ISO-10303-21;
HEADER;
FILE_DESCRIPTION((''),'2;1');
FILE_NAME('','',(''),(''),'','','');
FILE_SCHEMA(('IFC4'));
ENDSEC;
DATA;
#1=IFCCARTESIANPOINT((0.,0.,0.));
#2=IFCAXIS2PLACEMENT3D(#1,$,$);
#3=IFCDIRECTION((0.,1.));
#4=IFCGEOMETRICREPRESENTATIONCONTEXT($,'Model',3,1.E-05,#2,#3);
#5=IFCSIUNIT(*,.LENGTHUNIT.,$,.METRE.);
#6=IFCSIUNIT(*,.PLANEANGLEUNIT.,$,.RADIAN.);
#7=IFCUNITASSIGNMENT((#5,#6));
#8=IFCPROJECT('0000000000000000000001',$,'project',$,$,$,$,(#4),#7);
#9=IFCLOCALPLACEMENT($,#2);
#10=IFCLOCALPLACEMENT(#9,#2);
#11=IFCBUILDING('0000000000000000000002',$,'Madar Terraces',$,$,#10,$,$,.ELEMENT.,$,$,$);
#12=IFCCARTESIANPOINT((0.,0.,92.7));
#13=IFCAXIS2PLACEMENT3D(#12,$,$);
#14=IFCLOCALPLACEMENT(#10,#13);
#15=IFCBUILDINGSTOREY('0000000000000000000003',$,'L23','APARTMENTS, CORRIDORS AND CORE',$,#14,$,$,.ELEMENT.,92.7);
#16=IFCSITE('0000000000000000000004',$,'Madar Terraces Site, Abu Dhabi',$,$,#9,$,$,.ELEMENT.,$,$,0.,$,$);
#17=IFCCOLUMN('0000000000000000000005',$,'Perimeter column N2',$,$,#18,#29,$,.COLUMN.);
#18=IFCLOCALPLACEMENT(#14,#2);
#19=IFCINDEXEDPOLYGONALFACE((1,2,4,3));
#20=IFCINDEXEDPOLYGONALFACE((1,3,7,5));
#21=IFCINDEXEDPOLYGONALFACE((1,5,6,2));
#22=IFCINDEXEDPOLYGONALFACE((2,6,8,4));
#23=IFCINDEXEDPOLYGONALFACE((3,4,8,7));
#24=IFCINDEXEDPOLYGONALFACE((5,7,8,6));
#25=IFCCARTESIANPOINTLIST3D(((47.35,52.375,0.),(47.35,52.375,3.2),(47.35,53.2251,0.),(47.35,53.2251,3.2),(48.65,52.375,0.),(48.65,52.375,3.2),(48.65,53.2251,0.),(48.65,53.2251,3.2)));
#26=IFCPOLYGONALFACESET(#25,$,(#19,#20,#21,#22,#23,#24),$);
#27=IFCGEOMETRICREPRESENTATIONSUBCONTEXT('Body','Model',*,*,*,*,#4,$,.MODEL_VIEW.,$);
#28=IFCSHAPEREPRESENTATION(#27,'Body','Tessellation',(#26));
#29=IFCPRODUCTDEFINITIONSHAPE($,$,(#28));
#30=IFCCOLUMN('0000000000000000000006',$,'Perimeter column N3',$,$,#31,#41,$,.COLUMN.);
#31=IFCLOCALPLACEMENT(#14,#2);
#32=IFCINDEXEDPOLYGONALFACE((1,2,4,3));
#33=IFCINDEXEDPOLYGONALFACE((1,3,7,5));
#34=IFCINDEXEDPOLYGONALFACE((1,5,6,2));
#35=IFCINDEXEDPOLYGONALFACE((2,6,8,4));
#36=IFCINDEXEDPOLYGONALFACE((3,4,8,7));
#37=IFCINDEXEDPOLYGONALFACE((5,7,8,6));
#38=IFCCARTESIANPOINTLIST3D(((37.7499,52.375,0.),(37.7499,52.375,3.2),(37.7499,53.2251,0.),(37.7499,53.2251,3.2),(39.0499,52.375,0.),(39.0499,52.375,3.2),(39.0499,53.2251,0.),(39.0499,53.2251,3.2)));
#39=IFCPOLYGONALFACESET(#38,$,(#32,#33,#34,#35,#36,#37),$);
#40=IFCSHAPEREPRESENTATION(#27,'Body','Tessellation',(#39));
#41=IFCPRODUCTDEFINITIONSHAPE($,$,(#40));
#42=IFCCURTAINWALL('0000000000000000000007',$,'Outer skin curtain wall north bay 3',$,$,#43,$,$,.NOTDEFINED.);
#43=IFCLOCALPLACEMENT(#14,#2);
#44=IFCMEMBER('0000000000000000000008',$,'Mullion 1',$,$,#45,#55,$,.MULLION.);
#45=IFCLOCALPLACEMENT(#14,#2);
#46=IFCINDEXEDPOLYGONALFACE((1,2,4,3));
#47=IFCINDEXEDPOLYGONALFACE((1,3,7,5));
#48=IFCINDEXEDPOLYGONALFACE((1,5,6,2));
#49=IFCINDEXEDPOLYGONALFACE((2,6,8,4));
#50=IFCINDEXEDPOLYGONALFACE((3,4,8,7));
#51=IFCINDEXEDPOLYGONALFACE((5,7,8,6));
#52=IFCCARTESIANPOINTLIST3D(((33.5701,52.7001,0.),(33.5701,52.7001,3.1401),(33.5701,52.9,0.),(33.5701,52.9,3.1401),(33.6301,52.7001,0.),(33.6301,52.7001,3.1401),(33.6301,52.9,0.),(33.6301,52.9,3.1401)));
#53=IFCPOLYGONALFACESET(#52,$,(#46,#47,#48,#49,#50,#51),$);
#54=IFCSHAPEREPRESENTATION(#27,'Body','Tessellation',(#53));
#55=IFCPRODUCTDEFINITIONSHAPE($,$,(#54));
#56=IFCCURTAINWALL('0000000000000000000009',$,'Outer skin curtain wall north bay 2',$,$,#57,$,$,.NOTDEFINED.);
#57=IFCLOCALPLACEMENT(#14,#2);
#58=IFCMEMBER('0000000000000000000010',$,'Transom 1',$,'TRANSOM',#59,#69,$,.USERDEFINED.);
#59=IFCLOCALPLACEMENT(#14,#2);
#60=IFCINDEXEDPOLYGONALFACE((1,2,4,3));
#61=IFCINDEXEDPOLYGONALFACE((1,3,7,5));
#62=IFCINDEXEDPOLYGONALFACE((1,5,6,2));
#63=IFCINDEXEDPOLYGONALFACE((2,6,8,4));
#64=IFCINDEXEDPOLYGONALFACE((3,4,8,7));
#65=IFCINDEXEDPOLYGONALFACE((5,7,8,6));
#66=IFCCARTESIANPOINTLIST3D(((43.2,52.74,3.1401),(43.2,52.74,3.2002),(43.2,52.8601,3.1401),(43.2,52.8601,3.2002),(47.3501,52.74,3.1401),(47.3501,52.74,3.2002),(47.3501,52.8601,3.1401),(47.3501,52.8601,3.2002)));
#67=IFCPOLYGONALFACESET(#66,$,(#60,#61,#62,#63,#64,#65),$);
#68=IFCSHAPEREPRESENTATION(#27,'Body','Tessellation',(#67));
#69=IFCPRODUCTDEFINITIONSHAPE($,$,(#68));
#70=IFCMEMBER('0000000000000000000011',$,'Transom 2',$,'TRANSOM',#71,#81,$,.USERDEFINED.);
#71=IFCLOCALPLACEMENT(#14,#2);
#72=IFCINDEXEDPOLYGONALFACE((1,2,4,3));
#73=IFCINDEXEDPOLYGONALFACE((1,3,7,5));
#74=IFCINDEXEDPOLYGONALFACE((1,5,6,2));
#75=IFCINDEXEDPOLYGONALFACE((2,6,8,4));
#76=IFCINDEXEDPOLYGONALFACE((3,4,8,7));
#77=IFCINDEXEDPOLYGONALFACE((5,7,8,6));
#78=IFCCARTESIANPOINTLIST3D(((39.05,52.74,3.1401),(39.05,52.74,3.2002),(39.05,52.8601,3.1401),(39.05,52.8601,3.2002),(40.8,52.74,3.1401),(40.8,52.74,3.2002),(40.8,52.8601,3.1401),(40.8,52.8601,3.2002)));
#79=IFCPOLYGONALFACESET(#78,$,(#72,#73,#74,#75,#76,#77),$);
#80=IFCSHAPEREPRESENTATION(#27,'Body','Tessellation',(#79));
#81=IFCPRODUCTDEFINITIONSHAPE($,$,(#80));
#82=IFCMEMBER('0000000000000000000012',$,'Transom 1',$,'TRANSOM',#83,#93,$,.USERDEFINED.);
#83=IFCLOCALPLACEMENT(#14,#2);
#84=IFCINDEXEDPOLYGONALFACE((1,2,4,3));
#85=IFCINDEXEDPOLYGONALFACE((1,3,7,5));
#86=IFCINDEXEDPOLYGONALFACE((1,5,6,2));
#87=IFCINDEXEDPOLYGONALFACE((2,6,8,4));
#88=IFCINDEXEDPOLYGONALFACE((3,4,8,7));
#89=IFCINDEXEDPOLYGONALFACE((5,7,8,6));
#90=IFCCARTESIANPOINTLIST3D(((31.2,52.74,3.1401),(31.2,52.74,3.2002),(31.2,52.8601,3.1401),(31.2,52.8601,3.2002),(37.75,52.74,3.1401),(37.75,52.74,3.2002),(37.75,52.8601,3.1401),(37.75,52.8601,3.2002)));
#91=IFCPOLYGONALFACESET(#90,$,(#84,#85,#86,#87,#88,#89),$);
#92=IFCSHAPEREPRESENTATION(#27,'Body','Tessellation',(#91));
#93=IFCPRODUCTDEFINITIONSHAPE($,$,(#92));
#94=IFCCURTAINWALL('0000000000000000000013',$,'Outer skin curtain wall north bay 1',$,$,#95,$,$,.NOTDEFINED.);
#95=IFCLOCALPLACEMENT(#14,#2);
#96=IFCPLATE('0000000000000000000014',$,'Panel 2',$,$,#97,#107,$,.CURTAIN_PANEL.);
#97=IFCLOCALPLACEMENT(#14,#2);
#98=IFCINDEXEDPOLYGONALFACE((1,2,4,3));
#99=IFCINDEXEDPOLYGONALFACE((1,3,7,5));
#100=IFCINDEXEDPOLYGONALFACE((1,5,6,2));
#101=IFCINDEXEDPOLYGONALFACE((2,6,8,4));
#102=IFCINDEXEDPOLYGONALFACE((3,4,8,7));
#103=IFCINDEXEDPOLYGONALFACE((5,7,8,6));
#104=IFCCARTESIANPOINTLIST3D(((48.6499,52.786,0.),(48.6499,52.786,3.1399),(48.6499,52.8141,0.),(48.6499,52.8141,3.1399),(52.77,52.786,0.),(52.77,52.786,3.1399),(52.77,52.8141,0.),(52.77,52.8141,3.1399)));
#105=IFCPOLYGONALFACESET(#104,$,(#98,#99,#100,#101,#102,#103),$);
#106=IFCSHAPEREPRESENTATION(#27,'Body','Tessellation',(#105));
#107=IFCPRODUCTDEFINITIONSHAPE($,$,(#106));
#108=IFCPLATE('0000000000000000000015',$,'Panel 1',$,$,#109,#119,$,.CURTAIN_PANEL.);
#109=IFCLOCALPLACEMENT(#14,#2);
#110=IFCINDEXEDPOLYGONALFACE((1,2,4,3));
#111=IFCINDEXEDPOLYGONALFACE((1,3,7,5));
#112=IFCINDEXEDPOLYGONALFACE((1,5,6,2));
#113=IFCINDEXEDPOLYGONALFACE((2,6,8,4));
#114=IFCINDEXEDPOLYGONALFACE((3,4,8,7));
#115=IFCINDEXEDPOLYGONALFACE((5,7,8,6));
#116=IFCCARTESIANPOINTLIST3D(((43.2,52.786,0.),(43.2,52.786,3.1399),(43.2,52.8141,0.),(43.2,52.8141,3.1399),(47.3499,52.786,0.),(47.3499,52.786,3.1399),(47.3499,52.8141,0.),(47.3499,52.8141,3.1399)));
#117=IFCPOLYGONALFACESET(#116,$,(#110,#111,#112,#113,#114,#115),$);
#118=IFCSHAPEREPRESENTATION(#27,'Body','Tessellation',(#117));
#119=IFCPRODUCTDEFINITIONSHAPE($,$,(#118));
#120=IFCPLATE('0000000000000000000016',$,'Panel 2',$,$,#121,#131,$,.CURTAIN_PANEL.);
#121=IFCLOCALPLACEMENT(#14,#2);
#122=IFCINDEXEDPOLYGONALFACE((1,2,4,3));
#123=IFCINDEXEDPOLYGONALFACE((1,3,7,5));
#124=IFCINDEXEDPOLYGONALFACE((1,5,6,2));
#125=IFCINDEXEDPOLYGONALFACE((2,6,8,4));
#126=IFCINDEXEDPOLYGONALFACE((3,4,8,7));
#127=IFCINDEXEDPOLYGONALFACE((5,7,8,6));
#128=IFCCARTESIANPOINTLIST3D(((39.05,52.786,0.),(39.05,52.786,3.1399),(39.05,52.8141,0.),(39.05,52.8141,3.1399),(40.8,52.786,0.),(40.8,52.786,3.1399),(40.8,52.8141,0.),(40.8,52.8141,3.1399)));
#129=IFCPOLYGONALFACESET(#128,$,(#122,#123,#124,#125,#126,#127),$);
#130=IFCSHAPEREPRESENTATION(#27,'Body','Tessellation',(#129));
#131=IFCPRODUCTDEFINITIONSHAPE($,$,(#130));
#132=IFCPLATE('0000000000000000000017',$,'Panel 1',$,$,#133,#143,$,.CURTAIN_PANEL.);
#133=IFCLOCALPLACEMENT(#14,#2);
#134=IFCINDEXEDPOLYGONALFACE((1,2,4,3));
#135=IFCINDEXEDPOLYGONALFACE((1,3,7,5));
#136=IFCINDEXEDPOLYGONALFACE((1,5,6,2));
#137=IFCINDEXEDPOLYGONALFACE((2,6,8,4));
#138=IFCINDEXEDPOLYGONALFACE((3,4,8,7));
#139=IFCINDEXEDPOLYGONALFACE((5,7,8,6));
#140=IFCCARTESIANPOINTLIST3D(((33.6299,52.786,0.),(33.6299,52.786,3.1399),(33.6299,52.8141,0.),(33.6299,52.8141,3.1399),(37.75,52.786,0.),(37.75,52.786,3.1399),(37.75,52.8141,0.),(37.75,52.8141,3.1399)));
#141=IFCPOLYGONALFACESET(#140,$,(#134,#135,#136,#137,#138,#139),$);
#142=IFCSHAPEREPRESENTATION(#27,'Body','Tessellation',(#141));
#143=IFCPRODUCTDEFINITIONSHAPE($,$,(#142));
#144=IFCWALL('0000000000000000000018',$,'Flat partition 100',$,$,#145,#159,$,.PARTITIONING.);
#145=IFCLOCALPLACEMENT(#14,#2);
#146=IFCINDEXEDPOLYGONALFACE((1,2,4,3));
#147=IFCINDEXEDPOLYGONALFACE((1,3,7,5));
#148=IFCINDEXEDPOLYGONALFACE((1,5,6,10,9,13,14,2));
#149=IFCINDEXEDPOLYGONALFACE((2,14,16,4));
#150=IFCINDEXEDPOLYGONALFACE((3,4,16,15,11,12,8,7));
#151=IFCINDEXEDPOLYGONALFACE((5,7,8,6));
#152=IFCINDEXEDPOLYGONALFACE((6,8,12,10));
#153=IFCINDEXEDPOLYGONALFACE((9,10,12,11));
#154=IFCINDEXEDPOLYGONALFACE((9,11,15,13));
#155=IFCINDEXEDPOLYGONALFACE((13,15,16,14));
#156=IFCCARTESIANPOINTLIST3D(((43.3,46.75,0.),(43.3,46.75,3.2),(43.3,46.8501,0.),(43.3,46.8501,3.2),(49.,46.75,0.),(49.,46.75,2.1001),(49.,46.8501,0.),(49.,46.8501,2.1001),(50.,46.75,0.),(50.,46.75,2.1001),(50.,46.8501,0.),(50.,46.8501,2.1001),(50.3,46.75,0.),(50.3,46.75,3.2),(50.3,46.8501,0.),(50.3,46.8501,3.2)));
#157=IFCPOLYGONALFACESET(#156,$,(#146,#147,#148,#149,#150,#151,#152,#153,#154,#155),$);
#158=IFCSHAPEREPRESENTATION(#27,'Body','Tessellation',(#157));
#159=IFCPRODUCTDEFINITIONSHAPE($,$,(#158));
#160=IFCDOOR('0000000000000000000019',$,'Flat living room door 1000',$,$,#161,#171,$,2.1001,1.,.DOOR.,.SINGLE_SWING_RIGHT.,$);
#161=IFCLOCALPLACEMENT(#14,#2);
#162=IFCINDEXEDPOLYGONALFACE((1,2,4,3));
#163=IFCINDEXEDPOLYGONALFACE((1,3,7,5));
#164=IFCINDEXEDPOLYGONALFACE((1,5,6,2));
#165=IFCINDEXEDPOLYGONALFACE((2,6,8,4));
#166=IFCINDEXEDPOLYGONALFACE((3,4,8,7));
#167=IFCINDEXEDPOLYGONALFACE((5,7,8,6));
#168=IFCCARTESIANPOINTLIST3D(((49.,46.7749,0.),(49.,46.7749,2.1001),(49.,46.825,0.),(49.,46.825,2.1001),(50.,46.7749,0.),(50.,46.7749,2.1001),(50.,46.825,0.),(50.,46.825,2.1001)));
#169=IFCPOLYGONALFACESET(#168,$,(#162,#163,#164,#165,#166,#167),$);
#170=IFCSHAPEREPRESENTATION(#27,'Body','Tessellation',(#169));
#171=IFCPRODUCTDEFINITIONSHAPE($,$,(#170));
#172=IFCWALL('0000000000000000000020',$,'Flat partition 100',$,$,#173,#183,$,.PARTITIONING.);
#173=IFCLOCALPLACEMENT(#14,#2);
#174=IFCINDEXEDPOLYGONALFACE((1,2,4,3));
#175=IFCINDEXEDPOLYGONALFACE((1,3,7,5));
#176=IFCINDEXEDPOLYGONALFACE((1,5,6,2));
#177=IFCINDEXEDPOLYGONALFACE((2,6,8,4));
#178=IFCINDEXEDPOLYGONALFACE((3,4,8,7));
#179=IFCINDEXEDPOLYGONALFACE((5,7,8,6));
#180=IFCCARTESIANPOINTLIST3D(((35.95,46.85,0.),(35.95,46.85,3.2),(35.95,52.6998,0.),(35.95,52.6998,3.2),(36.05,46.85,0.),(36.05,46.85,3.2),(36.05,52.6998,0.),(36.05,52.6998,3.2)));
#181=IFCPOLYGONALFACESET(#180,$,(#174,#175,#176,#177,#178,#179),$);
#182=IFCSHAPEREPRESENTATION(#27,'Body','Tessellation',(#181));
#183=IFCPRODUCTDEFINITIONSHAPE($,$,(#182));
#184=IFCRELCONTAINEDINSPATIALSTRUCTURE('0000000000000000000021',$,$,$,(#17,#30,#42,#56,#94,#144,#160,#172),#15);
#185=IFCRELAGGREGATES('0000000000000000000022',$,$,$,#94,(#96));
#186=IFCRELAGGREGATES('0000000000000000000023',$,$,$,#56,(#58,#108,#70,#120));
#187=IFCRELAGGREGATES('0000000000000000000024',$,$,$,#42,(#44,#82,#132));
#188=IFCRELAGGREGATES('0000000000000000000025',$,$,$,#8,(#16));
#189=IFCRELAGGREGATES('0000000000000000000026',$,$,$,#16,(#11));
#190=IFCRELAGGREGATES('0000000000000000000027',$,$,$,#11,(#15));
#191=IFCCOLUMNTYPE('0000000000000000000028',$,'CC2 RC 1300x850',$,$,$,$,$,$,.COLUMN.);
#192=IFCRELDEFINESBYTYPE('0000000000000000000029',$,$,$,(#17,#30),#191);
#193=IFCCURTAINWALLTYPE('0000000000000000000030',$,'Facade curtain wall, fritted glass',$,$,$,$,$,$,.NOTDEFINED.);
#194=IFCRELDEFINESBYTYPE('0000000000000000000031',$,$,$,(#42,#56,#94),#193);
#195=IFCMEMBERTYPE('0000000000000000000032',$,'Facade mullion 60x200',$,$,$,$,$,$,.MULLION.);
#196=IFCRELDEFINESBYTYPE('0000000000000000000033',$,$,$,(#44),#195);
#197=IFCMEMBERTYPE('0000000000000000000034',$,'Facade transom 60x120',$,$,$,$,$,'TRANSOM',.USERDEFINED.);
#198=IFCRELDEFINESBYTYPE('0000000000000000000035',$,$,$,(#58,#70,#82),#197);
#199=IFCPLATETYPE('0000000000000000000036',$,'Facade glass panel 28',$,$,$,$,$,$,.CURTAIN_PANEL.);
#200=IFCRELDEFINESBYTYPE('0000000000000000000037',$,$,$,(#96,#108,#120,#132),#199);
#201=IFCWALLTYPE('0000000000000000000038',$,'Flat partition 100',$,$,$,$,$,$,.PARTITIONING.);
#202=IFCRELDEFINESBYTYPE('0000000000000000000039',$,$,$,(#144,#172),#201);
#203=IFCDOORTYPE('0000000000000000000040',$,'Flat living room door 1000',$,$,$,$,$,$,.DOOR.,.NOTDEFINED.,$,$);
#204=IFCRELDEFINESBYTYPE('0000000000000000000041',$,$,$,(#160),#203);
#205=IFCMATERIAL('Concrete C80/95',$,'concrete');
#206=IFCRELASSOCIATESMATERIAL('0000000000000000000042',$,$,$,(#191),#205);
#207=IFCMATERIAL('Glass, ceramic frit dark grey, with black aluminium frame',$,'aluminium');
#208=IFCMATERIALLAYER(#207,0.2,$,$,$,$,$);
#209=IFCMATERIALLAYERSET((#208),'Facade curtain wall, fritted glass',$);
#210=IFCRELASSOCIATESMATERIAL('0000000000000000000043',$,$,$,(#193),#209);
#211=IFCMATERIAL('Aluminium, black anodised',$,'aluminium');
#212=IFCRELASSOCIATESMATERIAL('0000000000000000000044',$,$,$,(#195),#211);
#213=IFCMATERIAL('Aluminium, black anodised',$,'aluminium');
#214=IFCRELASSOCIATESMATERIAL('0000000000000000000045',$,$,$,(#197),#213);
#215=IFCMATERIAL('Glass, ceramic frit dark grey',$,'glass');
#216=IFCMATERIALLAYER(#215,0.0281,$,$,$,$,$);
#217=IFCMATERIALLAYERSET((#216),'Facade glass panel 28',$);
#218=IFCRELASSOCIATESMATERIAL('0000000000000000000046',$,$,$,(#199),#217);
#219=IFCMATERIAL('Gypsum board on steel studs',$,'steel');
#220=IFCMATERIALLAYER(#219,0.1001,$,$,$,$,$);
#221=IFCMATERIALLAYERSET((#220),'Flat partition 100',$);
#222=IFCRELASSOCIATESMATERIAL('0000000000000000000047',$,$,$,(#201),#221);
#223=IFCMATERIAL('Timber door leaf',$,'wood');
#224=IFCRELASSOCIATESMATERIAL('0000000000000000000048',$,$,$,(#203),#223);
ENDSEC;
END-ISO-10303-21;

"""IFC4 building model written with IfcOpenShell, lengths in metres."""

from ifc_helpers import new_model, si_unit, direction, frame, frame_2d, origin, origin_2d, place, context, subcontext, project, spatial, rectangle, extrude, material, layer, layer_set, material_profile, profile_set, type_object, element, fill, aggregate, save


model = new_model("IFC4")

# Units and contexts
model_context = context("Model", 3, precision=1e-05, world=origin(), true_north=direction((0.0, 1.0)))
body_context = subcontext(model_context, "Body", "Model", "MODEL_VIEW")
ifc_project = project(units=[si_unit("LENGTHUNIT", "METRE"), si_unit("PLANEANGLEUNIT", "RADIAN")], contexts=[model_context])

# Site, building, storey
site_placement = place(None, origin())
site = spatial("IfcSite", under=ifc_project, at=site_placement, Name="Madar Terraces Site, Abu Dhabi", CompositionType="ELEMENT", RefElevation=0.0)
building_placement = place(site_placement, origin())
building = spatial("IfcBuilding", under=site, at=building_placement, Name="Madar Terraces", CompositionType="ELEMENT")
storey_placement = place(building_placement, frame((0.0, 0.0, 92.7)))
storey = spatial("IfcBuildingStorey", under=building, at=storey_placement, Name="L23", Description="APARTMENTS, CORRIDORS AND CORE", CompositionType="ELEMENT", Elevation=92.7)

# Columns
ifc_material_1 = material(Name="Concrete C80/95", Category="concrete")
ifc_material_profile_1 = material_profile(ifc_material_1, rectangle(XDim=1.3, YDim=0.8501, at=origin_2d()), Name="CC2 RC 1300x850")
ifc_profile_set_1 = profile_set([ifc_material_profile_1], Name="Concrete C80/95")
column_type = type_object("IfcColumnType", Name="CC2 RC 1300x850", PredefinedType="COLUMN", material=ifc_profile_set_1)
for number, where, z_axis, x_axis, name in (
    (1, (48.0, 52.8, 0.0), (0.0, 0.0, 1.0), (1.0, 0.0, 0.0), "Perimeter column N2"),
    (2, (38.3999, 52.8, 0.0), (0.0, 0.0, 1.0), (1.0, 0.0, 0.0), "Perimeter column N3"),
):
    element("IfcColumn", number, at=place(storey_placement, frame(where, z_axis=z_axis, x_axis=x_axis)), inside=storey, type_object=column_type, Name=name, PredefinedType="COLUMN", context=body_context, shape_type="SweptSolid", body=[
        extrude(rectangle(XDim=1.3, YDim=0.8501, at=origin_2d()), origin(), (0.0, 0.0, 1.0), 3.2),
    ])

# Curtain wall, member
ifc_material_2 = material(Name="Glass, ceramic frit dark grey, with black aluminium frame", Category="aluminium")
ifc_layer_1 = layer(ifc_material_2, 0.2)
ifc_layer_set_1 = layer_set([ifc_layer_1], Name="Facade curtain wall, fritted glass")
curtain_wall_type = type_object("IfcCurtainWallType", Name="Facade curtain wall, fritted glass", PredefinedType="NOTDEFINED", material=ifc_layer_set_1)
curtain_wall_1_placement = place(storey_placement, origin())
curtain_wall_1 = element("IfcCurtainWall", 3, at=curtain_wall_1_placement, inside=storey, type_object=curtain_wall_type, Name="Outer skin curtain wall north bay 3", PredefinedType="NOTDEFINED")
ifc_material_3 = material(Name="Aluminium, black anodised", Category="aluminium")
ifc_material_profile_2 = material_profile(ifc_material_3, rectangle(XDim=0.2, YDim=0.0601, at=origin_2d()), Name="Facade mullion 60x200")
ifc_profile_set_2 = profile_set([ifc_material_profile_2], Name="Aluminium, black anodised")
member_type_1 = type_object("IfcMemberType", Name="Facade mullion 60x200", PredefinedType="MULLION", material=ifc_profile_set_2)
member_1_placement = place(storey_placement, frame((33.6001, 52.8, 0.0), z_axis=(0.0, 0.0, 1.0), x_axis=(0.0, -1.0, 0.0)))
member_1 = element("IfcMember", 4, at=member_1_placement, type_object=member_type_1, Name="Mullion 1", PredefinedType="MULLION", context=body_context, shape_type="SweptSolid", body=[
    extrude(rectangle(XDim=0.2, YDim=0.0601, at=origin_2d()), origin(), (0.0, 0.0, 1.0), 3.1401),
])

# Curtain wall, members
curtain_wall_2_placement = place(storey_placement, origin())
curtain_wall_2 = element("IfcCurtainWall", 5, at=curtain_wall_2_placement, inside=storey, type_object=curtain_wall_type, Name="Outer skin curtain wall north bay 2", PredefinedType="NOTDEFINED")
ifc_material_4 = material(Name="Aluminium, black anodised", Category="aluminium")
ifc_material_profile_3 = material_profile(ifc_material_4, rectangle(XDim=0.1201, YDim=0.0601, at=origin_2d()), Name="Facade transom 60x120")
ifc_profile_set_3 = profile_set([ifc_material_profile_3], Name="Aluminium, black anodised")
member_type_2 = type_object("IfcMemberType", Name="Facade transom 60x120", ElementType="TRANSOM", PredefinedType="USERDEFINED", material=ifc_profile_set_3)
member_2_placement = place(storey_placement, frame((47.3501, 52.8, 3.1702), z_axis=(-1.0, 0.0, 0.0), x_axis=(0.0, -1.0, 0.0)))
member_2 = element("IfcMember", 6, at=member_2_placement, type_object=member_type_2, Name="Transom 1", ObjectType="TRANSOM", PredefinedType="USERDEFINED", context=body_context, shape_type="SweptSolid", body=[
    extrude(rectangle(XDim=0.1201, YDim=0.0601, at=origin_2d()), origin(), (0.0, 0.0, 1.0), 4.1501),
])
member_3_placement = place(storey_placement, frame((40.8, 52.8, 3.1702), z_axis=(-1.0, 0.0, 0.0), x_axis=(0.0, -1.0, 0.0)))
member_3 = element("IfcMember", 7, at=member_3_placement, type_object=member_type_2, Name="Transom 2", ObjectType="TRANSOM", PredefinedType="USERDEFINED", context=body_context, shape_type="SweptSolid", body=[
    extrude(rectangle(XDim=0.1201, YDim=0.0601, at=origin_2d()), origin(), (0.0, 0.0, 1.0), 1.75),
])

# Member
member_4_placement = place(storey_placement, frame((37.75, 52.8, 3.1702), z_axis=(-1.0, 0.0, 0.0), x_axis=(0.0, -1.0, 0.0)))
member_4 = element("IfcMember", 8, at=member_4_placement, type_object=member_type_2, Name="Transom 1", ObjectType="TRANSOM", PredefinedType="USERDEFINED", context=body_context, shape_type="SweptSolid", body=[
    extrude(rectangle(XDim=0.1201, YDim=0.0601, at=origin_2d()), origin(), (0.0, 0.0, 1.0), 6.55),
])

# Curtain wall, plate
curtain_wall_3_placement = place(storey_placement, origin())
curtain_wall_3 = element("IfcCurtainWall", 9, at=curtain_wall_3_placement, inside=storey, type_object=curtain_wall_type, Name="Outer skin curtain wall north bay 1", PredefinedType="NOTDEFINED")
ifc_material_5 = material(Name="Glass, ceramic frit dark grey", Category="glass")
ifc_layer_2 = layer(ifc_material_5, 0.0281)
ifc_layer_set_2 = layer_set([ifc_layer_2], Name="Facade glass panel 28")
plate_type = type_object("IfcPlateType", Name="Facade glass panel 28", PredefinedType="CURTAIN_PANEL", material=ifc_layer_set_2)
plate_1_placement = place(storey_placement, frame((50.71, 52.8, 0.0), z_axis=(0.0, 0.0, 1.0), x_axis=(-1.0, 0.0, 0.0)))
plate_1 = element("IfcPlate", 10, at=plate_1_placement, type_object=plate_type, Name="Panel 2", PredefinedType="CURTAIN_PANEL", context=body_context, shape_type="SweptSolid", body=[
    extrude(rectangle(XDim=4.1201, YDim=0.0281, at=origin_2d()), origin(), (0.0, 0.0, 1.0), 3.1399),
])
aggregate(curtain_wall_3, [plate_1])

# Plates
plate_2_placement = place(storey_placement, frame((45.2749, 52.8, 0.0), z_axis=(0.0, 0.0, 1.0), x_axis=(-1.0, 0.0, 0.0)))
plate_2 = element("IfcPlate", 11, at=plate_2_placement, type_object=plate_type, Name="Panel 1", PredefinedType="CURTAIN_PANEL", context=body_context, shape_type="SweptSolid", body=[
    extrude(rectangle(XDim=4.1499, YDim=0.0281, at=origin_2d()), origin(), (0.0, 0.0, 1.0), 3.1399),
])
plate_3_placement = place(storey_placement, frame((39.925, 52.8, 0.0), z_axis=(0.0, 0.0, 1.0), x_axis=(-1.0, 0.0, 0.0)))
plate_3 = element("IfcPlate", 12, at=plate_3_placement, type_object=plate_type, Name="Panel 2", PredefinedType="CURTAIN_PANEL", context=body_context, shape_type="SweptSolid", body=[
    extrude(rectangle(XDim=1.75, YDim=0.0281, at=origin_2d()), origin(), (0.0, 0.0, 1.0), 3.1399),
])
aggregate(curtain_wall_2, [member_2, plate_2, member_3, plate_3])
plate_4_placement = place(storey_placement, frame((35.6899, 52.8, 0.0), z_axis=(0.0, 0.0, 1.0), x_axis=(-1.0, 0.0, 0.0)))
plate_4 = element("IfcPlate", 13, at=plate_4_placement, type_object=plate_type, Name="Panel 1", PredefinedType="CURTAIN_PANEL", context=body_context, shape_type="SweptSolid", body=[
    extrude(rectangle(XDim=4.1201, YDim=0.0281, at=origin_2d()), origin(), (0.0, 0.0, 1.0), 3.1399),
])
aggregate(curtain_wall_1, [member_1, member_4, plate_4])

# Wall, opening, door
ifc_material_6 = material(Name="Gypsum board on steel studs", Category="steel")
ifc_layer_3 = layer(ifc_material_6, 0.1001)
ifc_layer_set_3 = layer_set([ifc_layer_3], Name="Flat partition 100")
wall_type_1 = type_object("IfcWallType", Name="Flat partition 100", PredefinedType="PARTITIONING", material=ifc_layer_set_3)
wall_1_placement = place(storey_placement, frame((43.3, 46.8, 0.0), z_axis=(0.0, 0.0, 1.0), x_axis=(1.0, 0.0, 0.0)))
wall_1 = element("IfcWall", 14, at=wall_1_placement, inside=storey, type_object=wall_type_1, Name="Flat partition 100", PredefinedType="PARTITIONING", context=body_context, shape_type="SweptSolid", body=[
    extrude(rectangle(XDim=7.0, YDim=0.1001, at=frame_2d((3.5, 0.0))), origin(), (0.0, 0.0, 1.0), 3.2),
])
opening_1_placement = place(wall_1_placement, frame((5.7, 0.0, 0.0)))
opening_1 = element("IfcOpeningElement", 15, at=opening_1_placement, cuts=wall_1, PredefinedType="OPENING", context=body_context, shape_type="SweptSolid", body=[
    extrude(rectangle(XDim=1.0, YDim=2.1001, at=frame_2d((0.5, 1.05))), frame((0.0, 0.0601, 0.0), z_axis=(0.0, -1.0, 0.0), x_axis=(1.0, 0.0, 0.0)), (0.0, 0.0, 1.0), 0.1201),
])
ifc_material_7 = material(Name="Timber door leaf", Category="wood")
door_type_1 = type_object("IfcDoorType", Name="Flat living room door 1000", OperationType="NOTDEFINED", PredefinedType="DOOR", material=ifc_material_7)
door_1_placement = place(opening_1_placement, origin())
door_1 = element("IfcDoor", 16, at=door_1_placement, inside=storey, type_object=door_type_1, Name="Flat living room door 1000", OperationType="SINGLE_SWING_RIGHT", OverallHeight=2.1001, OverallWidth=1.0, PredefinedType="DOOR", context=body_context, shape_type="SweptSolid", body=[
    extrude(rectangle(XDim=1.0, YDim=2.1001, at=frame_2d((0.5, 1.05))), frame((0.0, 0.0249, 0.0), z_axis=(0.0, -1.0, 0.0), x_axis=(1.0, 0.0, 0.0)), (0.0, 0.0, 1.0), 0.05),
])
fill(opening_1, door_1)

# Wall
wall_2_placement = place(storey_placement, frame((36.0, 46.8501, 0.0), z_axis=(0.0, 0.0, 1.0), x_axis=(0.0, 1.0, 0.0)))
element("IfcWall", 17, at=wall_2_placement, inside=storey, type_object=wall_type_1, Name="Flat partition 100", PredefinedType="PARTITIONING", context=body_context, shape_type="SweptSolid", body=[
    extrude(rectangle(XDim=5.8499, YDim=0.1001, at=frame_2d((2.9248, 0.0))), origin(), (0.0, 0.0, 1.0), 3.2),
])

save(model, "model.ifc")
